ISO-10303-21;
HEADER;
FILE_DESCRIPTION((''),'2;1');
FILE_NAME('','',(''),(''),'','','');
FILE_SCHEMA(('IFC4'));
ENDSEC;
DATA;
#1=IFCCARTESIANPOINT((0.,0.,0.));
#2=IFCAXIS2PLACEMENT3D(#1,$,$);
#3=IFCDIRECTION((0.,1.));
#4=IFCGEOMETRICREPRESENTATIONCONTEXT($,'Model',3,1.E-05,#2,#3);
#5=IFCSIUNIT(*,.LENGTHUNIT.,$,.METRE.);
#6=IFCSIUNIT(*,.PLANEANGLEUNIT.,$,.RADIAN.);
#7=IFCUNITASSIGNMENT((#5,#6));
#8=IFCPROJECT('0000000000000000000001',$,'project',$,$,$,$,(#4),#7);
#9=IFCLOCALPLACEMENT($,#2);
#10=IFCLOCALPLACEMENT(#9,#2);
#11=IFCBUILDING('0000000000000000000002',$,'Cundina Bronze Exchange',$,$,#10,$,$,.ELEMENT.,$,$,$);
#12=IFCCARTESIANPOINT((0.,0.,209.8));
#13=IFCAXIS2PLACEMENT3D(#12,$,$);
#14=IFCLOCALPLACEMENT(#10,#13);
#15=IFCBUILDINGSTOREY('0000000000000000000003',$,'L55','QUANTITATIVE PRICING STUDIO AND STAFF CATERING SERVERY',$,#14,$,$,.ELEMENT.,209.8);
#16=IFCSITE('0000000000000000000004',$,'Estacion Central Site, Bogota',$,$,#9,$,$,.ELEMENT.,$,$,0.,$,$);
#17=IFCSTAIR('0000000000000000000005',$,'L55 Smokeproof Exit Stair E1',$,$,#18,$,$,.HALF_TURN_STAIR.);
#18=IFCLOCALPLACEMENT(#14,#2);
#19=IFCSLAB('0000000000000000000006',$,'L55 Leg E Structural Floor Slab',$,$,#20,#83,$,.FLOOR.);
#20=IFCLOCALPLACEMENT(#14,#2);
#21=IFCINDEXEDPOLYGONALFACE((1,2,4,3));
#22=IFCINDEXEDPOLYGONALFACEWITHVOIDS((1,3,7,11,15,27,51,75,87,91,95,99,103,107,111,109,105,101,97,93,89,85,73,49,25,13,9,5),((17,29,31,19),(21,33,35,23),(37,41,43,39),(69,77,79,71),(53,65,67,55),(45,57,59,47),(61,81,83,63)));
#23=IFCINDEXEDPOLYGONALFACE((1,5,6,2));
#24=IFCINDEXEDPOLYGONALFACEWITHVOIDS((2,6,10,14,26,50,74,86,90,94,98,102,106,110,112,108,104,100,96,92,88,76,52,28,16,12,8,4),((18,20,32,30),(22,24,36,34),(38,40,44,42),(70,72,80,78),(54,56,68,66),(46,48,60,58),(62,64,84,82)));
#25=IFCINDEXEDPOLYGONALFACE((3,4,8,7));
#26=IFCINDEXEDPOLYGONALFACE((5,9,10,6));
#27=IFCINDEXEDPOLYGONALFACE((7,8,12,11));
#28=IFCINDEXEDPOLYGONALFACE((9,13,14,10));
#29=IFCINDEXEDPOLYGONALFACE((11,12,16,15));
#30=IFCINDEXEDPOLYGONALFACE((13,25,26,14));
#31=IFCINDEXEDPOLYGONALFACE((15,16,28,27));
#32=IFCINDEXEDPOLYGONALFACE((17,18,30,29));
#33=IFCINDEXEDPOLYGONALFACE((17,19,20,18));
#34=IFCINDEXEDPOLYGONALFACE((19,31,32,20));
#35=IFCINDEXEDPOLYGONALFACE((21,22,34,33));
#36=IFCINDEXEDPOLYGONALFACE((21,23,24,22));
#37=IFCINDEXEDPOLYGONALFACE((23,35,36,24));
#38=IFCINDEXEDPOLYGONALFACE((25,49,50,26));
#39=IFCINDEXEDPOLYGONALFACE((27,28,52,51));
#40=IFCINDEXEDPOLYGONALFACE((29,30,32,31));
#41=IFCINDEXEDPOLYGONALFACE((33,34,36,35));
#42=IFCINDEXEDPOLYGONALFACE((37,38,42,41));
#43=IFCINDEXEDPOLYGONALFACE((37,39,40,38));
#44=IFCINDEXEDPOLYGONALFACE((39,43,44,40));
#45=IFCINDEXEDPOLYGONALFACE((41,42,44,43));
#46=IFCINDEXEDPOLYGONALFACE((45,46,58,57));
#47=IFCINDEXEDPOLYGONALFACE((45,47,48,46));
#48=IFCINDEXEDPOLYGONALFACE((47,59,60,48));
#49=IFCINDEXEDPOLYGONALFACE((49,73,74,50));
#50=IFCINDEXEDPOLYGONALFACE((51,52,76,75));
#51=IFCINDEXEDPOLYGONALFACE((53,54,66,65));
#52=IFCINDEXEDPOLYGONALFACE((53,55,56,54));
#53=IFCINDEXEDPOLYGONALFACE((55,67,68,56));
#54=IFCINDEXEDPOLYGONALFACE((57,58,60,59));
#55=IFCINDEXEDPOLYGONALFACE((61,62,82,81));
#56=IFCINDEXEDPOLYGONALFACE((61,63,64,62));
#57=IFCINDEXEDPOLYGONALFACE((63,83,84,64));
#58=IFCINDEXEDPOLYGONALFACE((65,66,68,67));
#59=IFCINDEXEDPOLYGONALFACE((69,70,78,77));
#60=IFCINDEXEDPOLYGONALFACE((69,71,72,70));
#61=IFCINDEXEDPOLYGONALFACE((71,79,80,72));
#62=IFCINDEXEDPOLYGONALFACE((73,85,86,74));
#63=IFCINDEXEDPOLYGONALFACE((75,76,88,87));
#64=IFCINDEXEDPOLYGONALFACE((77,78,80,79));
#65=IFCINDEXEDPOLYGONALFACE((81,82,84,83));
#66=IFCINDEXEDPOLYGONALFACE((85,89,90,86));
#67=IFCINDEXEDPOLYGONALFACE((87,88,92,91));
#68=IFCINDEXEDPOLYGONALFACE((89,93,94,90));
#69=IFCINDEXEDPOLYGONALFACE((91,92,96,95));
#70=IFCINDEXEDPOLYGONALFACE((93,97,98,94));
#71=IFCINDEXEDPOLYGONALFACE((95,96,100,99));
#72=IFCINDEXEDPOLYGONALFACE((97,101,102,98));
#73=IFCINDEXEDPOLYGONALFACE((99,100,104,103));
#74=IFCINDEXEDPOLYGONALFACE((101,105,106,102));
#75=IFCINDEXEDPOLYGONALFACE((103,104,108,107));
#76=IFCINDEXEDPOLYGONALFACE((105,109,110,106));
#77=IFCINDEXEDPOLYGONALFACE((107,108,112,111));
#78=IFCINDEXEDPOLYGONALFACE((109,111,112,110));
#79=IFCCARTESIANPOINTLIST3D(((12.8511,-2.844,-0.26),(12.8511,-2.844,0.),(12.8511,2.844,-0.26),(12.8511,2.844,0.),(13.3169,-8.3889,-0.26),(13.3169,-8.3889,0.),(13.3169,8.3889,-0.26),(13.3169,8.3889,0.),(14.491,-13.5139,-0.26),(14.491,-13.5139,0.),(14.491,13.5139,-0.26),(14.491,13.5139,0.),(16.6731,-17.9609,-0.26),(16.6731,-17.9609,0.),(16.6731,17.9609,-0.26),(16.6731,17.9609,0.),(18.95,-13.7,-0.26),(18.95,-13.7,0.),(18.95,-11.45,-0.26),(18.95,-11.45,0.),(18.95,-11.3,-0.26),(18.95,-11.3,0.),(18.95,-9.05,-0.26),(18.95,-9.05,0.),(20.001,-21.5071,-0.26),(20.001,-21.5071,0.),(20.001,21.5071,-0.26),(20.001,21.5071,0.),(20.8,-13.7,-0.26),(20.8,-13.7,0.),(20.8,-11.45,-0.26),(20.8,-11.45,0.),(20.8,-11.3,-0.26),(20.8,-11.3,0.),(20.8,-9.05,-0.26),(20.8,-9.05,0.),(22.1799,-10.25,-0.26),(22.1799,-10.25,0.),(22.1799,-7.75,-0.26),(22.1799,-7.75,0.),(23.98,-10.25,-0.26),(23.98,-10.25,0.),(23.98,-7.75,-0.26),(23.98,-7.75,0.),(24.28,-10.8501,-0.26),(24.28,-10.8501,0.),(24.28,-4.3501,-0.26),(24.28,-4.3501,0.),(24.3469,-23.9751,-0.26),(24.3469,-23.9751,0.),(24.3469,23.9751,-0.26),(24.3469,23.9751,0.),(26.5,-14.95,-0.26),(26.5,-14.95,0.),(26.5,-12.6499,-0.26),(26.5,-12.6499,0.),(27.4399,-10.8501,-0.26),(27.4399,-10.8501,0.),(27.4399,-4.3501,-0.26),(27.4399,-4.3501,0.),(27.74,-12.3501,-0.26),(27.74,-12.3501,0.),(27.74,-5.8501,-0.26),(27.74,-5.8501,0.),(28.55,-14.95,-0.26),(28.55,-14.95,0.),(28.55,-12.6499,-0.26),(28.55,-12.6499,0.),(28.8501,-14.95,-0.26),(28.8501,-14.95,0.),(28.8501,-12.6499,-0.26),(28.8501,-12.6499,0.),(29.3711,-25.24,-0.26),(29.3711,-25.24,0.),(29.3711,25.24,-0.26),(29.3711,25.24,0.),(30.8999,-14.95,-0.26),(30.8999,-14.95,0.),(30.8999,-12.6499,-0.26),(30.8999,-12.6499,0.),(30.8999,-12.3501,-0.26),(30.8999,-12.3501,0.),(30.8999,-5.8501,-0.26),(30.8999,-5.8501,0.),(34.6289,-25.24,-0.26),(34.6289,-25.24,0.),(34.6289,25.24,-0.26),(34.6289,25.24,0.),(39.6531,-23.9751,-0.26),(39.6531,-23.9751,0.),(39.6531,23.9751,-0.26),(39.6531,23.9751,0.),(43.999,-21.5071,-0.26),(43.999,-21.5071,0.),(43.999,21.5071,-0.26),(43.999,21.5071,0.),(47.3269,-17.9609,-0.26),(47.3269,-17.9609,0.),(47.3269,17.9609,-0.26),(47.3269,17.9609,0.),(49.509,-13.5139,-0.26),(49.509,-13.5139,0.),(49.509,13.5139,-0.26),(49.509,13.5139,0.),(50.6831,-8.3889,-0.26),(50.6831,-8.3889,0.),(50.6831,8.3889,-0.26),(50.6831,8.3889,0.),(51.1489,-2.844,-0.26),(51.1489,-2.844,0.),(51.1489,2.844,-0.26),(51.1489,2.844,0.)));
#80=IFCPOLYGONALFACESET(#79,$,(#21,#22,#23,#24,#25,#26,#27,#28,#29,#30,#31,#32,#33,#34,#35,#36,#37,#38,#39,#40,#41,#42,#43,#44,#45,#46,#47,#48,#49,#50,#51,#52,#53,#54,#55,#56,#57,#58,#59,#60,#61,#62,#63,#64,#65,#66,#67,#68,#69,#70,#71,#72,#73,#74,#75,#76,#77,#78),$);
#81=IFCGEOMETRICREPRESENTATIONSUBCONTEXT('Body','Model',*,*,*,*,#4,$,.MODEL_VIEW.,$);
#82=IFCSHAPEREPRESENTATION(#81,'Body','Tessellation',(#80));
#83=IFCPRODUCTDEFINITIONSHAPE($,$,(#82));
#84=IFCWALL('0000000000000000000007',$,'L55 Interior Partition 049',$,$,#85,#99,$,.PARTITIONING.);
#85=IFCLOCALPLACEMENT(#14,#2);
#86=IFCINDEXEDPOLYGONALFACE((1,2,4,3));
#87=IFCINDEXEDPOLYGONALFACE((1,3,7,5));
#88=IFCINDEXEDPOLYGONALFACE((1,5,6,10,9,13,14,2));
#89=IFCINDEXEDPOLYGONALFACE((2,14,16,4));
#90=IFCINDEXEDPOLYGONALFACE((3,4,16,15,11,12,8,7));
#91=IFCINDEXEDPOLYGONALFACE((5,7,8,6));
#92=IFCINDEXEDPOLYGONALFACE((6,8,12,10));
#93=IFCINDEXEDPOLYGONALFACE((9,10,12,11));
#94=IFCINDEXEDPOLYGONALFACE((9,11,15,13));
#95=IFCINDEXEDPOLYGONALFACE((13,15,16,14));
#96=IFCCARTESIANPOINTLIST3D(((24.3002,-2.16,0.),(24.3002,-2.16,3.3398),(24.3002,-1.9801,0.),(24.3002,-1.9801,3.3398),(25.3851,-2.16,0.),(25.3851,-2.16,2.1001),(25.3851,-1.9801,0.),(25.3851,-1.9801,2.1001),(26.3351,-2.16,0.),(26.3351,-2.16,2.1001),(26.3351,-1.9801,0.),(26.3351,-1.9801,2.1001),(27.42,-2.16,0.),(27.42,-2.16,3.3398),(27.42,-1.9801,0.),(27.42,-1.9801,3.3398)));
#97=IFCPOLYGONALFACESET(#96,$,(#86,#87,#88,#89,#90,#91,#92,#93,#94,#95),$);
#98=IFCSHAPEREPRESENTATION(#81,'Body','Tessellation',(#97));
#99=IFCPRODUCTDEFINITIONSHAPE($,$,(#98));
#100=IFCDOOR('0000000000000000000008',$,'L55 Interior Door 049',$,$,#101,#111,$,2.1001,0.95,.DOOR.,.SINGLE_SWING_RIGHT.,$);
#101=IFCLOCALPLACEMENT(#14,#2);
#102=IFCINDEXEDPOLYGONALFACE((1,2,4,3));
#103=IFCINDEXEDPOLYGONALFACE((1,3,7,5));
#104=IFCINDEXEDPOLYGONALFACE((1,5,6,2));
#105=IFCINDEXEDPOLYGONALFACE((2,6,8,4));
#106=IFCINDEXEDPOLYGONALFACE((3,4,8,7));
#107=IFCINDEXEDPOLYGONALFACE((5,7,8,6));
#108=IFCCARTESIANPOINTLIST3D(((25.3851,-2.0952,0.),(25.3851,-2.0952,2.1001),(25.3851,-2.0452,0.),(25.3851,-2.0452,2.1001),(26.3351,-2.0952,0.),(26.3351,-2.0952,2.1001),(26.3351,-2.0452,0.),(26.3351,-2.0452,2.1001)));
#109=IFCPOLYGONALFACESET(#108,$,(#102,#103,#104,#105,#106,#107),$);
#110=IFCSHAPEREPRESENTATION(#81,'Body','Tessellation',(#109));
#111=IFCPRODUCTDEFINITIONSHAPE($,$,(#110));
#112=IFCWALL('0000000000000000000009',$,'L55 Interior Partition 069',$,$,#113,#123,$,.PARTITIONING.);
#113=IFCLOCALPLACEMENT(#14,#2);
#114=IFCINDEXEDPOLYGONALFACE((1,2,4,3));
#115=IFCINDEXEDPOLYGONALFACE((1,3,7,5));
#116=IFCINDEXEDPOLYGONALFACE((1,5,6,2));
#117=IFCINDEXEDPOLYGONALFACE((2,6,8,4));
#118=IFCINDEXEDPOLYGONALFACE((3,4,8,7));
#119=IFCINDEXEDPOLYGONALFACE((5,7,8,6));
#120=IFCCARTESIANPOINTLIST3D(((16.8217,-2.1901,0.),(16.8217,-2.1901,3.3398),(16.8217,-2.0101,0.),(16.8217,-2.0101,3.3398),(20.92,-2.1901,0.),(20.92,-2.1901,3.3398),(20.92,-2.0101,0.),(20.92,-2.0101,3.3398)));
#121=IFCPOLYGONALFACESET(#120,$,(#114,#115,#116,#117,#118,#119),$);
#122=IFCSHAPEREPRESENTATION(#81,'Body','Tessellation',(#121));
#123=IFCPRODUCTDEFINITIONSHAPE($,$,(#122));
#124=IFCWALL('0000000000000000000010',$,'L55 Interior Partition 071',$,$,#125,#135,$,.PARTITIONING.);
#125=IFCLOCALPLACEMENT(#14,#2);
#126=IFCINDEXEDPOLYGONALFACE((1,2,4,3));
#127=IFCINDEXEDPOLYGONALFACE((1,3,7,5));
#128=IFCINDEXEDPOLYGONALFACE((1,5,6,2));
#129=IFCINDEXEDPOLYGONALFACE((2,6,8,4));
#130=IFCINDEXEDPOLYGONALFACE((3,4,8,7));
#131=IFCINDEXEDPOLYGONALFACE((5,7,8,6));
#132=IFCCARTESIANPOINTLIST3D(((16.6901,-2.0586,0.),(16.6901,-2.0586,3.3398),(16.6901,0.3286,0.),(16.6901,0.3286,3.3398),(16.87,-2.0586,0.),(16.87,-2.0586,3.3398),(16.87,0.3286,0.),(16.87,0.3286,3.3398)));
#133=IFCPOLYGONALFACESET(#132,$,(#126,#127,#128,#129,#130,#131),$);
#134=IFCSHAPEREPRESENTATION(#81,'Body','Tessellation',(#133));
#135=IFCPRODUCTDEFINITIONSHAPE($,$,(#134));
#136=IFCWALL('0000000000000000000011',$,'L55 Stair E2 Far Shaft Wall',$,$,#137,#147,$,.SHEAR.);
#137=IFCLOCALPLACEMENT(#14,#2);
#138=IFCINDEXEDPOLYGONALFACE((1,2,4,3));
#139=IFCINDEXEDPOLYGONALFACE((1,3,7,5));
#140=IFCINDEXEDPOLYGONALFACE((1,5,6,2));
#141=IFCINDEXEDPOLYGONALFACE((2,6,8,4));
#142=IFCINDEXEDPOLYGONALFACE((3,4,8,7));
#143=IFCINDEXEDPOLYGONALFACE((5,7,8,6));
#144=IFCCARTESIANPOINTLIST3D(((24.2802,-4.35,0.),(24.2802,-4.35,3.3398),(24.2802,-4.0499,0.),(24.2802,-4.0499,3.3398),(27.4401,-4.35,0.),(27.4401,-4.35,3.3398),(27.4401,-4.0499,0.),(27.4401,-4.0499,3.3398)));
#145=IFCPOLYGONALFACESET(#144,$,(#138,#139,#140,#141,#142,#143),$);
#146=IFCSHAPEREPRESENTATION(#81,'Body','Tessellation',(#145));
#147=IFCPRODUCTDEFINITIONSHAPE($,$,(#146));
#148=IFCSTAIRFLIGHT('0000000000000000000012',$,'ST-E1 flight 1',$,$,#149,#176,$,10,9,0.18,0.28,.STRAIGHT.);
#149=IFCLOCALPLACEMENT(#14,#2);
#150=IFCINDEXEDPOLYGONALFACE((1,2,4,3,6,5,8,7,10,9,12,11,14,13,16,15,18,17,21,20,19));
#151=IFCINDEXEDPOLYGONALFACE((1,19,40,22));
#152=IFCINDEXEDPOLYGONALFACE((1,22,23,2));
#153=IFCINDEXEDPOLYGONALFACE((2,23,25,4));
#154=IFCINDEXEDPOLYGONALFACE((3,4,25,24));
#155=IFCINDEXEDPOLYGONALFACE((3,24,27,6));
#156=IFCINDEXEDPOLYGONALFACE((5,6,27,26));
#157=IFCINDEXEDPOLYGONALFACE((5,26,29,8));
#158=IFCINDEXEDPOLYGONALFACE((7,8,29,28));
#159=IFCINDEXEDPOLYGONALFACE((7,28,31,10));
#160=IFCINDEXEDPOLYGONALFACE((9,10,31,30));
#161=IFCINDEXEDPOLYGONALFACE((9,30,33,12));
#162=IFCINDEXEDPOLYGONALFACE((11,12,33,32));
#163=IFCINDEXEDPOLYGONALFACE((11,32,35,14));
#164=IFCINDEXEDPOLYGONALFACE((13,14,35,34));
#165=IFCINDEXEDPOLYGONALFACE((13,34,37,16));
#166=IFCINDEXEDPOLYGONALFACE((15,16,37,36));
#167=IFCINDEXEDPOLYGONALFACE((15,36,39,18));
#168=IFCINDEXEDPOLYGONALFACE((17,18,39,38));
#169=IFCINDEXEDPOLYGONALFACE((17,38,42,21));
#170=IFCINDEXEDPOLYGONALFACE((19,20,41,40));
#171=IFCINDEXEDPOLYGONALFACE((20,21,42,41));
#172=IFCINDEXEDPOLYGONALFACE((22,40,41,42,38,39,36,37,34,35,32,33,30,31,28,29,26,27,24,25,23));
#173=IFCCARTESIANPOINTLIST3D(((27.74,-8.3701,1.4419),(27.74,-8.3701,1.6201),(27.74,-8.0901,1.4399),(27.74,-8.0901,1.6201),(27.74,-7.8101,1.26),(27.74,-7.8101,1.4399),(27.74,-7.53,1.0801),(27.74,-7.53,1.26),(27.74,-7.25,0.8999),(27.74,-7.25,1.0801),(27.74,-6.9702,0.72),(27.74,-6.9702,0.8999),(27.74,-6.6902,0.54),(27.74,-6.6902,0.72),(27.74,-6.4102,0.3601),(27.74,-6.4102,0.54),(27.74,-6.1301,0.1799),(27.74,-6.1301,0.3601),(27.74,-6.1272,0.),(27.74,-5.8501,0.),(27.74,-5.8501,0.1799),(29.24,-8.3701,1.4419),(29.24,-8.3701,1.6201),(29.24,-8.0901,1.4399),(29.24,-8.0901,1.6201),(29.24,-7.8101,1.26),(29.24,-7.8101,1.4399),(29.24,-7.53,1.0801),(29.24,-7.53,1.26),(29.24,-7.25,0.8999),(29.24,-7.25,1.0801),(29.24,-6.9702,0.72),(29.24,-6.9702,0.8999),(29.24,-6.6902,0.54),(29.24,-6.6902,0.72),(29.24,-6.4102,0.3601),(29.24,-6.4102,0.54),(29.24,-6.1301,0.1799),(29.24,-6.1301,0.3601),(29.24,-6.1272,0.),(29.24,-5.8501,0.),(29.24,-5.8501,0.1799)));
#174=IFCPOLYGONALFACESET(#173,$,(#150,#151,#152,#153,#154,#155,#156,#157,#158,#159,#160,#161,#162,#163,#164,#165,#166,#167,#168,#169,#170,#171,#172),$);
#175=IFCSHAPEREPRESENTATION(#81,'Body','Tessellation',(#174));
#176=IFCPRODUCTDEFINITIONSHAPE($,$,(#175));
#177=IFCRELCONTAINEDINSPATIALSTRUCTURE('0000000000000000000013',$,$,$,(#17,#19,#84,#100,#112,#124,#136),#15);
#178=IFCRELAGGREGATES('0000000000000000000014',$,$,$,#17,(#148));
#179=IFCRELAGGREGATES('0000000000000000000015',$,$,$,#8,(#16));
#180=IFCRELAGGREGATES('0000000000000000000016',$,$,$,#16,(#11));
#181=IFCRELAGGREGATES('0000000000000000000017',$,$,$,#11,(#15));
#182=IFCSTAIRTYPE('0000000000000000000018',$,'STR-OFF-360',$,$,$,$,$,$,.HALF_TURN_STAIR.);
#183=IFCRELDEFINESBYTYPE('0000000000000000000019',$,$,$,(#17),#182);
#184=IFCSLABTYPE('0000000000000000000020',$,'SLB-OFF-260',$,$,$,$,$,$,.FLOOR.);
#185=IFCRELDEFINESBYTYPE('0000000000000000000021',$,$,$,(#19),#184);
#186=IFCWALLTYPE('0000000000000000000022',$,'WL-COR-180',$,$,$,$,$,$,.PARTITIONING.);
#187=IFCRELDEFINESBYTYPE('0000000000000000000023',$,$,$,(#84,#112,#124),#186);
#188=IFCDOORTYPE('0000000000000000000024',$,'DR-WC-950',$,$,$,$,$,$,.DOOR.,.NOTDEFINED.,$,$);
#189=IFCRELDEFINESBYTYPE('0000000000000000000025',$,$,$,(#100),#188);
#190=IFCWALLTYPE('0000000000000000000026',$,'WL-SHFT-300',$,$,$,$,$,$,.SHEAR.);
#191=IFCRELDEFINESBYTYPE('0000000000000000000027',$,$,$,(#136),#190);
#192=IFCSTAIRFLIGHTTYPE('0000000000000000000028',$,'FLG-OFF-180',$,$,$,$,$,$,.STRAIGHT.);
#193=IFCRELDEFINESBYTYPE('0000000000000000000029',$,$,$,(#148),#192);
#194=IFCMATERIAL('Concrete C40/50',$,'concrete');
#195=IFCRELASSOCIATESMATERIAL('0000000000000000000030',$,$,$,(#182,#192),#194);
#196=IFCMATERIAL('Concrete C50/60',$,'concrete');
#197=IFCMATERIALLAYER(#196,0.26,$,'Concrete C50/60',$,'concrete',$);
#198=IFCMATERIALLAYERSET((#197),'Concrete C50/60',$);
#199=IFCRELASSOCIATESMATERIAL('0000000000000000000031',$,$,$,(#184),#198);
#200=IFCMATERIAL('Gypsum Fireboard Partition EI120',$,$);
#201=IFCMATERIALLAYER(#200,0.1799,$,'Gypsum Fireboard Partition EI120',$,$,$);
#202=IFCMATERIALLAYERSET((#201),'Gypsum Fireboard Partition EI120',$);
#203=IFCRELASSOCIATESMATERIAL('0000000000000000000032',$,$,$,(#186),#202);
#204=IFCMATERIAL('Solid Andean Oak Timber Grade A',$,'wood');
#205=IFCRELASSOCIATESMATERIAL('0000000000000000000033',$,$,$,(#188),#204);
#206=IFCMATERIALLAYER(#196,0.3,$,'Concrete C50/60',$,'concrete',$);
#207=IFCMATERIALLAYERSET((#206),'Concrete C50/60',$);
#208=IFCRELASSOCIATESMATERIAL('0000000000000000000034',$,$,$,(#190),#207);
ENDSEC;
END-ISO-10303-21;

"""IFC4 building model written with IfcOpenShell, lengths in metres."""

from ifc_helpers import new_model, si_unit, direction, frame, frame_2d, origin, place, context, subcontext, project, spatial, polyline, rectangle, outline, extrude, material, layer, layer_set, type_object, element, fill, aggregate, save


model = new_model("IFC4")

# Units and contexts
model_context = context("Model", 3, precision=1e-05, world=origin(), true_north=direction((0.0, 1.0)))
body_context = subcontext(model_context, "Body", "Model", "MODEL_VIEW")
ifc_project = project(units=[si_unit("LENGTHUNIT", "METRE"), si_unit("PLANEANGLEUNIT", "RADIAN")], contexts=[model_context])

# Site, building, storey
site_placement = place(None, origin())
site = spatial("IfcSite", under=ifc_project, at=site_placement, Name="Estacion Central Site, Bogota", CompositionType="ELEMENT", RefElevation=0.0)
building_placement = place(site_placement, origin())
building = spatial("IfcBuilding", under=site, at=building_placement, Name="Cundina Bronze Exchange", CompositionType="ELEMENT")
storey_placement = place(building_placement, frame((0.0, 0.0, 209.8)))
storey = spatial("IfcBuildingStorey", under=building, at=storey_placement, Name="L55", Description="QUANTITATIVE PRICING STUDIO AND STAFF CATERING SERVERY", CompositionType="ELEMENT", Elevation=209.8)

# Shared definitions
ifc_material_1 = material(Name="Concrete C50/60", Category="concrete")

# Stair
ifc_material_2 = material(Name="Concrete C40/50", Category="concrete")
stair_type = type_object("IfcStairType", Name="STR-OFF-360", PredefinedType="HALF_TURN_STAIR", material=ifc_material_2)
stair_1_placement = place(storey_placement, origin())
stair_1 = element("IfcStair", 1, at=stair_1_placement, inside=storey, type_object=stair_type, Name="L55 Smokeproof Exit Stair E1", PredefinedType="HALF_TURN_STAIR")

# Slab
ifc_layer_1 = layer(ifc_material_1, 0.26, Name="Concrete C50/60", Category="concrete")
ifc_layer_set_1 = layer_set([ifc_layer_1], Name="Concrete C50/60")
slab_type_1 = type_object("IfcSlabType", Name="SLB-OFF-260", PredefinedType="FLOOR", material=ifc_layer_set_1)
slab_1_placement = place(storey_placement, frame((0.0, 0.0, -0.26)))
element("IfcSlab", 2, at=slab_1_placement, inside=storey, type_object=slab_type_1, Name="L55 Leg E Structural Floor Slab", PredefinedType="FLOOR", context=body_context, shape_type="SweptSolid", body=[
    extrude(outline(polyline([(51.1489, 2.844), (50.6831, 8.3889), (49.509, 13.5139), (47.3269, 17.9609), (43.999, 21.5071), (39.6531, 23.9751), (34.6289, 25.24), (29.3711, 25.24), (24.3469, 23.9751), (20.001, 21.5071), (16.6731, 17.9609), (14.491, 13.5139), (13.3169, 8.3889), (12.8511, 2.844), (12.8511, -2.844), (13.3169, -8.3889), (14.491, -13.5139), (16.6731, -17.9609), (20.001, -21.5071), (24.3469, -23.9751), (29.3711, -25.24), (34.6289, -25.24), (39.6531, -23.9751), (43.999, -21.5071), (47.3269, -17.9609), (49.509, -13.5139), (50.6831, -8.3889), (51.1489, -2.844), (51.1489, 2.844)]), holes=[polyline([(27.74, -5.8501), (27.74, -12.3501), (30.8999, -12.3501), (30.8999, -5.8501), (27.74, -5.8501)]), polyline([(27.4399, -10.8501), (27.4399, -4.3501), (24.28, -4.3501), (24.28, -10.8501), (27.4399, -10.8501)]), polyline([(22.1799, -7.75), (23.98, -7.75), (23.98, -10.25), (22.1799, -10.25), (22.1799, -7.75)]), polyline([(28.8501, -12.6499), (30.8999, -12.6499), (30.8999, -14.95), (28.8501, -14.95), (28.8501, -12.6499)]), polyline([(26.5, -12.6499), (28.55, -12.6499), (28.55, -14.95), (26.5, -14.95), (26.5, -12.6499)]), polyline([(18.95, -11.45), (20.8, -11.45), (20.8, -13.7), (18.95, -13.7), (18.95, -11.45)]), polyline([(18.95, -9.05), (20.8, -9.05), (20.8, -11.3), (18.95, -11.3), (18.95, -9.05)])]), origin(), (0.0, 0.0, 1.0), 0.26),
])

# Wall, opening, door
ifc_material_3 = material(Name="Gypsum Fireboard Partition EI120")
ifc_layer_2 = layer(ifc_material_3, 0.1799, Name="Gypsum Fireboard Partition EI120")
ifc_layer_set_2 = layer_set([ifc_layer_2], Name="Gypsum Fireboard Partition EI120")
wall_type_1 = type_object("IfcWallType", Name="WL-COR-180", PredefinedType="PARTITIONING", material=ifc_layer_set_2)
wall_1_placement = place(storey_placement, frame((24.3, -2.0701, 0.0), z_axis=(0.0, 0.0, 1.0), x_axis=(1.0, 0.0, 0.0)))
wall_1 = element("IfcWall", 3, at=wall_1_placement, inside=storey, type_object=wall_type_1, Name="L55 Interior Partition 049", PredefinedType="PARTITIONING", context=body_context, shape_type="SweptSolid", body=[
    extrude(rectangle(XDim=3.1199, YDim=0.1799, at=frame_2d((1.5601, 0.0))), origin(), (0.0, 0.0, 1.0), 3.3398),
])
opening_1_placement = place(wall_1_placement, frame((1.085, 0.0, 0.0)))
opening_1 = element("IfcOpeningElement", 4, at=opening_1_placement, cuts=wall_1, PredefinedType="OPENING", context=body_context, shape_type="SweptSolid", body=[
    extrude(rectangle(XDim=0.95, YDim=2.1001, at=frame_2d((0.4751, 1.05))), frame((0.0, 0.0999, 0.0), z_axis=(0.0, -1.0, 0.0), x_axis=(1.0, 0.0, 0.0)), (0.0, 0.0, 1.0), 0.2),
])
ifc_material_4 = material(Name="Solid Andean Oak Timber Grade A", Category="wood")
door_type_1 = type_object("IfcDoorType", Name="DR-WC-950", OperationType="NOTDEFINED", PredefinedType="DOOR", material=ifc_material_4)
door_1_placement = place(opening_1_placement, origin())
door_1 = element("IfcDoor", 5, at=door_1_placement, inside=storey, type_object=door_type_1, Name="L55 Interior Door 049", OperationType="SINGLE_SWING_RIGHT", OverallHeight=2.1001, OverallWidth=0.95, PredefinedType="DOOR", context=body_context, shape_type="SweptSolid", body=[
    extrude(rectangle(XDim=0.95, YDim=2.1001, at=frame_2d((0.4751, 1.05))), frame((0.0, 0.0249, 0.0), z_axis=(0.0, -1.0, 0.0), x_axis=(1.0, 0.0, 0.0)), (0.0, 0.0, 1.0), 0.05),
])
fill(opening_1, door_1)

# Walls
wall_2_placement = place(storey_placement, frame((16.8215, -2.1001, 0.0), z_axis=(0.0, 0.0, 1.0), x_axis=(1.0, 0.0, 0.0)))
element("IfcWall", 6, at=wall_2_placement, inside=storey, type_object=wall_type_1, Name="L55 Interior Partition 069", PredefinedType="PARTITIONING", context=body_context, shape_type="SweptSolid", body=[
    extrude(rectangle(XDim=4.0984, YDim=0.1799, at=frame_2d((2.0493, 0.0))), origin(), (0.0, 0.0, 1.0), 3.3398),
])
wall_3_placement = place(storey_placement, frame((16.78, 0.3286, 0.0), z_axis=(0.0, 0.0, 1.0), x_axis=(0.0, -1.0, 0.0)))
element("IfcWall", 7, at=wall_3_placement, inside=storey, type_object=wall_type_1, Name="L55 Interior Partition 071", PredefinedType="PARTITIONING", context=body_context, shape_type="SweptSolid", body=[
    extrude(rectangle(XDim=2.3872, YDim=0.1799, at=frame_2d((1.1936, 0.0))), origin(), (0.0, 0.0, 1.0), 3.3398),
])

# Shared definitions
ifc_layer_3 = layer(ifc_material_1, 0.3, Name="Concrete C50/60", Category="concrete")
ifc_layer_set_3 = layer_set([ifc_layer_3], Name="Concrete C50/60")
wall_type_2 = type_object("IfcWallType", Name="WL-SHFT-300", PredefinedType="SHEAR", material=ifc_layer_set_3)

# Wall
wall_4_placement = place(storey_placement, frame((24.28, -4.2, 0.0), z_axis=(0.0, 0.0, 1.0), x_axis=(1.0, 0.0, 0.0)))
element("IfcWall", 8, at=wall_4_placement, inside=storey, type_object=wall_type_2, Name="L55 Stair E2 Far Shaft Wall", PredefinedType="SHEAR", context=body_context, shape_type="SweptSolid", body=[
    extrude(rectangle(XDim=3.1599, YDim=0.3, at=frame_2d((1.5801, 0.0))), origin(), (0.0, 0.0, 1.0), 3.3398),
])

# Stair flight
stair_flight_type = type_object("IfcStairFlightType", Name="FLG-OFF-180", PredefinedType="STRAIGHT", material=ifc_material_2)
stair_flight_placement = place(storey_placement, frame((28.49, -5.8501, 0.0), z_axis=(0.0, 0.0, 1.0), x_axis=(0.0, -1.0, 0.0)))
stair_flight = element("IfcStairFlight", 9, at=stair_flight_placement, type_object=stair_flight_type, Name="ST-E1 flight 1", NumberOfRisers=10, NumberOfTreads=9, PredefinedType="STRAIGHT", RiserHeight=0.18, TreadLength=0.28, context=body_context, shape_type="SweptSolid", body=[
    extrude(outline(polyline([(0.0, 0.0), (0.0, 0.1799), (0.28, 0.1799), (0.28, 0.3601), (0.5601, 0.3601), (0.5601, 0.54), (0.8401, 0.54), (0.8401, 0.72), (1.1201, 0.72), (1.1201, 0.8999), (1.3999, 0.8999), (1.3999, 1.0801), (1.6799, 1.0801), (1.6799, 1.26), (1.96, 1.26), (1.96, 1.4399), (2.24, 1.4399), (2.24, 1.6201), (2.52, 1.6201), (2.52, 1.8), (2.52, 1.4419), (0.2771, 0.0), (0.0, 0.0)])), frame((0.0, 0.75, 0.0), z_axis=(0.0, -1.0, 0.0), x_axis=(1.0, 0.0, 0.0)), (0.0, 0.0, 1.0), 1.5),
])
aggregate(stair_1, [stair_flight])

save(model, "model.ifc")
